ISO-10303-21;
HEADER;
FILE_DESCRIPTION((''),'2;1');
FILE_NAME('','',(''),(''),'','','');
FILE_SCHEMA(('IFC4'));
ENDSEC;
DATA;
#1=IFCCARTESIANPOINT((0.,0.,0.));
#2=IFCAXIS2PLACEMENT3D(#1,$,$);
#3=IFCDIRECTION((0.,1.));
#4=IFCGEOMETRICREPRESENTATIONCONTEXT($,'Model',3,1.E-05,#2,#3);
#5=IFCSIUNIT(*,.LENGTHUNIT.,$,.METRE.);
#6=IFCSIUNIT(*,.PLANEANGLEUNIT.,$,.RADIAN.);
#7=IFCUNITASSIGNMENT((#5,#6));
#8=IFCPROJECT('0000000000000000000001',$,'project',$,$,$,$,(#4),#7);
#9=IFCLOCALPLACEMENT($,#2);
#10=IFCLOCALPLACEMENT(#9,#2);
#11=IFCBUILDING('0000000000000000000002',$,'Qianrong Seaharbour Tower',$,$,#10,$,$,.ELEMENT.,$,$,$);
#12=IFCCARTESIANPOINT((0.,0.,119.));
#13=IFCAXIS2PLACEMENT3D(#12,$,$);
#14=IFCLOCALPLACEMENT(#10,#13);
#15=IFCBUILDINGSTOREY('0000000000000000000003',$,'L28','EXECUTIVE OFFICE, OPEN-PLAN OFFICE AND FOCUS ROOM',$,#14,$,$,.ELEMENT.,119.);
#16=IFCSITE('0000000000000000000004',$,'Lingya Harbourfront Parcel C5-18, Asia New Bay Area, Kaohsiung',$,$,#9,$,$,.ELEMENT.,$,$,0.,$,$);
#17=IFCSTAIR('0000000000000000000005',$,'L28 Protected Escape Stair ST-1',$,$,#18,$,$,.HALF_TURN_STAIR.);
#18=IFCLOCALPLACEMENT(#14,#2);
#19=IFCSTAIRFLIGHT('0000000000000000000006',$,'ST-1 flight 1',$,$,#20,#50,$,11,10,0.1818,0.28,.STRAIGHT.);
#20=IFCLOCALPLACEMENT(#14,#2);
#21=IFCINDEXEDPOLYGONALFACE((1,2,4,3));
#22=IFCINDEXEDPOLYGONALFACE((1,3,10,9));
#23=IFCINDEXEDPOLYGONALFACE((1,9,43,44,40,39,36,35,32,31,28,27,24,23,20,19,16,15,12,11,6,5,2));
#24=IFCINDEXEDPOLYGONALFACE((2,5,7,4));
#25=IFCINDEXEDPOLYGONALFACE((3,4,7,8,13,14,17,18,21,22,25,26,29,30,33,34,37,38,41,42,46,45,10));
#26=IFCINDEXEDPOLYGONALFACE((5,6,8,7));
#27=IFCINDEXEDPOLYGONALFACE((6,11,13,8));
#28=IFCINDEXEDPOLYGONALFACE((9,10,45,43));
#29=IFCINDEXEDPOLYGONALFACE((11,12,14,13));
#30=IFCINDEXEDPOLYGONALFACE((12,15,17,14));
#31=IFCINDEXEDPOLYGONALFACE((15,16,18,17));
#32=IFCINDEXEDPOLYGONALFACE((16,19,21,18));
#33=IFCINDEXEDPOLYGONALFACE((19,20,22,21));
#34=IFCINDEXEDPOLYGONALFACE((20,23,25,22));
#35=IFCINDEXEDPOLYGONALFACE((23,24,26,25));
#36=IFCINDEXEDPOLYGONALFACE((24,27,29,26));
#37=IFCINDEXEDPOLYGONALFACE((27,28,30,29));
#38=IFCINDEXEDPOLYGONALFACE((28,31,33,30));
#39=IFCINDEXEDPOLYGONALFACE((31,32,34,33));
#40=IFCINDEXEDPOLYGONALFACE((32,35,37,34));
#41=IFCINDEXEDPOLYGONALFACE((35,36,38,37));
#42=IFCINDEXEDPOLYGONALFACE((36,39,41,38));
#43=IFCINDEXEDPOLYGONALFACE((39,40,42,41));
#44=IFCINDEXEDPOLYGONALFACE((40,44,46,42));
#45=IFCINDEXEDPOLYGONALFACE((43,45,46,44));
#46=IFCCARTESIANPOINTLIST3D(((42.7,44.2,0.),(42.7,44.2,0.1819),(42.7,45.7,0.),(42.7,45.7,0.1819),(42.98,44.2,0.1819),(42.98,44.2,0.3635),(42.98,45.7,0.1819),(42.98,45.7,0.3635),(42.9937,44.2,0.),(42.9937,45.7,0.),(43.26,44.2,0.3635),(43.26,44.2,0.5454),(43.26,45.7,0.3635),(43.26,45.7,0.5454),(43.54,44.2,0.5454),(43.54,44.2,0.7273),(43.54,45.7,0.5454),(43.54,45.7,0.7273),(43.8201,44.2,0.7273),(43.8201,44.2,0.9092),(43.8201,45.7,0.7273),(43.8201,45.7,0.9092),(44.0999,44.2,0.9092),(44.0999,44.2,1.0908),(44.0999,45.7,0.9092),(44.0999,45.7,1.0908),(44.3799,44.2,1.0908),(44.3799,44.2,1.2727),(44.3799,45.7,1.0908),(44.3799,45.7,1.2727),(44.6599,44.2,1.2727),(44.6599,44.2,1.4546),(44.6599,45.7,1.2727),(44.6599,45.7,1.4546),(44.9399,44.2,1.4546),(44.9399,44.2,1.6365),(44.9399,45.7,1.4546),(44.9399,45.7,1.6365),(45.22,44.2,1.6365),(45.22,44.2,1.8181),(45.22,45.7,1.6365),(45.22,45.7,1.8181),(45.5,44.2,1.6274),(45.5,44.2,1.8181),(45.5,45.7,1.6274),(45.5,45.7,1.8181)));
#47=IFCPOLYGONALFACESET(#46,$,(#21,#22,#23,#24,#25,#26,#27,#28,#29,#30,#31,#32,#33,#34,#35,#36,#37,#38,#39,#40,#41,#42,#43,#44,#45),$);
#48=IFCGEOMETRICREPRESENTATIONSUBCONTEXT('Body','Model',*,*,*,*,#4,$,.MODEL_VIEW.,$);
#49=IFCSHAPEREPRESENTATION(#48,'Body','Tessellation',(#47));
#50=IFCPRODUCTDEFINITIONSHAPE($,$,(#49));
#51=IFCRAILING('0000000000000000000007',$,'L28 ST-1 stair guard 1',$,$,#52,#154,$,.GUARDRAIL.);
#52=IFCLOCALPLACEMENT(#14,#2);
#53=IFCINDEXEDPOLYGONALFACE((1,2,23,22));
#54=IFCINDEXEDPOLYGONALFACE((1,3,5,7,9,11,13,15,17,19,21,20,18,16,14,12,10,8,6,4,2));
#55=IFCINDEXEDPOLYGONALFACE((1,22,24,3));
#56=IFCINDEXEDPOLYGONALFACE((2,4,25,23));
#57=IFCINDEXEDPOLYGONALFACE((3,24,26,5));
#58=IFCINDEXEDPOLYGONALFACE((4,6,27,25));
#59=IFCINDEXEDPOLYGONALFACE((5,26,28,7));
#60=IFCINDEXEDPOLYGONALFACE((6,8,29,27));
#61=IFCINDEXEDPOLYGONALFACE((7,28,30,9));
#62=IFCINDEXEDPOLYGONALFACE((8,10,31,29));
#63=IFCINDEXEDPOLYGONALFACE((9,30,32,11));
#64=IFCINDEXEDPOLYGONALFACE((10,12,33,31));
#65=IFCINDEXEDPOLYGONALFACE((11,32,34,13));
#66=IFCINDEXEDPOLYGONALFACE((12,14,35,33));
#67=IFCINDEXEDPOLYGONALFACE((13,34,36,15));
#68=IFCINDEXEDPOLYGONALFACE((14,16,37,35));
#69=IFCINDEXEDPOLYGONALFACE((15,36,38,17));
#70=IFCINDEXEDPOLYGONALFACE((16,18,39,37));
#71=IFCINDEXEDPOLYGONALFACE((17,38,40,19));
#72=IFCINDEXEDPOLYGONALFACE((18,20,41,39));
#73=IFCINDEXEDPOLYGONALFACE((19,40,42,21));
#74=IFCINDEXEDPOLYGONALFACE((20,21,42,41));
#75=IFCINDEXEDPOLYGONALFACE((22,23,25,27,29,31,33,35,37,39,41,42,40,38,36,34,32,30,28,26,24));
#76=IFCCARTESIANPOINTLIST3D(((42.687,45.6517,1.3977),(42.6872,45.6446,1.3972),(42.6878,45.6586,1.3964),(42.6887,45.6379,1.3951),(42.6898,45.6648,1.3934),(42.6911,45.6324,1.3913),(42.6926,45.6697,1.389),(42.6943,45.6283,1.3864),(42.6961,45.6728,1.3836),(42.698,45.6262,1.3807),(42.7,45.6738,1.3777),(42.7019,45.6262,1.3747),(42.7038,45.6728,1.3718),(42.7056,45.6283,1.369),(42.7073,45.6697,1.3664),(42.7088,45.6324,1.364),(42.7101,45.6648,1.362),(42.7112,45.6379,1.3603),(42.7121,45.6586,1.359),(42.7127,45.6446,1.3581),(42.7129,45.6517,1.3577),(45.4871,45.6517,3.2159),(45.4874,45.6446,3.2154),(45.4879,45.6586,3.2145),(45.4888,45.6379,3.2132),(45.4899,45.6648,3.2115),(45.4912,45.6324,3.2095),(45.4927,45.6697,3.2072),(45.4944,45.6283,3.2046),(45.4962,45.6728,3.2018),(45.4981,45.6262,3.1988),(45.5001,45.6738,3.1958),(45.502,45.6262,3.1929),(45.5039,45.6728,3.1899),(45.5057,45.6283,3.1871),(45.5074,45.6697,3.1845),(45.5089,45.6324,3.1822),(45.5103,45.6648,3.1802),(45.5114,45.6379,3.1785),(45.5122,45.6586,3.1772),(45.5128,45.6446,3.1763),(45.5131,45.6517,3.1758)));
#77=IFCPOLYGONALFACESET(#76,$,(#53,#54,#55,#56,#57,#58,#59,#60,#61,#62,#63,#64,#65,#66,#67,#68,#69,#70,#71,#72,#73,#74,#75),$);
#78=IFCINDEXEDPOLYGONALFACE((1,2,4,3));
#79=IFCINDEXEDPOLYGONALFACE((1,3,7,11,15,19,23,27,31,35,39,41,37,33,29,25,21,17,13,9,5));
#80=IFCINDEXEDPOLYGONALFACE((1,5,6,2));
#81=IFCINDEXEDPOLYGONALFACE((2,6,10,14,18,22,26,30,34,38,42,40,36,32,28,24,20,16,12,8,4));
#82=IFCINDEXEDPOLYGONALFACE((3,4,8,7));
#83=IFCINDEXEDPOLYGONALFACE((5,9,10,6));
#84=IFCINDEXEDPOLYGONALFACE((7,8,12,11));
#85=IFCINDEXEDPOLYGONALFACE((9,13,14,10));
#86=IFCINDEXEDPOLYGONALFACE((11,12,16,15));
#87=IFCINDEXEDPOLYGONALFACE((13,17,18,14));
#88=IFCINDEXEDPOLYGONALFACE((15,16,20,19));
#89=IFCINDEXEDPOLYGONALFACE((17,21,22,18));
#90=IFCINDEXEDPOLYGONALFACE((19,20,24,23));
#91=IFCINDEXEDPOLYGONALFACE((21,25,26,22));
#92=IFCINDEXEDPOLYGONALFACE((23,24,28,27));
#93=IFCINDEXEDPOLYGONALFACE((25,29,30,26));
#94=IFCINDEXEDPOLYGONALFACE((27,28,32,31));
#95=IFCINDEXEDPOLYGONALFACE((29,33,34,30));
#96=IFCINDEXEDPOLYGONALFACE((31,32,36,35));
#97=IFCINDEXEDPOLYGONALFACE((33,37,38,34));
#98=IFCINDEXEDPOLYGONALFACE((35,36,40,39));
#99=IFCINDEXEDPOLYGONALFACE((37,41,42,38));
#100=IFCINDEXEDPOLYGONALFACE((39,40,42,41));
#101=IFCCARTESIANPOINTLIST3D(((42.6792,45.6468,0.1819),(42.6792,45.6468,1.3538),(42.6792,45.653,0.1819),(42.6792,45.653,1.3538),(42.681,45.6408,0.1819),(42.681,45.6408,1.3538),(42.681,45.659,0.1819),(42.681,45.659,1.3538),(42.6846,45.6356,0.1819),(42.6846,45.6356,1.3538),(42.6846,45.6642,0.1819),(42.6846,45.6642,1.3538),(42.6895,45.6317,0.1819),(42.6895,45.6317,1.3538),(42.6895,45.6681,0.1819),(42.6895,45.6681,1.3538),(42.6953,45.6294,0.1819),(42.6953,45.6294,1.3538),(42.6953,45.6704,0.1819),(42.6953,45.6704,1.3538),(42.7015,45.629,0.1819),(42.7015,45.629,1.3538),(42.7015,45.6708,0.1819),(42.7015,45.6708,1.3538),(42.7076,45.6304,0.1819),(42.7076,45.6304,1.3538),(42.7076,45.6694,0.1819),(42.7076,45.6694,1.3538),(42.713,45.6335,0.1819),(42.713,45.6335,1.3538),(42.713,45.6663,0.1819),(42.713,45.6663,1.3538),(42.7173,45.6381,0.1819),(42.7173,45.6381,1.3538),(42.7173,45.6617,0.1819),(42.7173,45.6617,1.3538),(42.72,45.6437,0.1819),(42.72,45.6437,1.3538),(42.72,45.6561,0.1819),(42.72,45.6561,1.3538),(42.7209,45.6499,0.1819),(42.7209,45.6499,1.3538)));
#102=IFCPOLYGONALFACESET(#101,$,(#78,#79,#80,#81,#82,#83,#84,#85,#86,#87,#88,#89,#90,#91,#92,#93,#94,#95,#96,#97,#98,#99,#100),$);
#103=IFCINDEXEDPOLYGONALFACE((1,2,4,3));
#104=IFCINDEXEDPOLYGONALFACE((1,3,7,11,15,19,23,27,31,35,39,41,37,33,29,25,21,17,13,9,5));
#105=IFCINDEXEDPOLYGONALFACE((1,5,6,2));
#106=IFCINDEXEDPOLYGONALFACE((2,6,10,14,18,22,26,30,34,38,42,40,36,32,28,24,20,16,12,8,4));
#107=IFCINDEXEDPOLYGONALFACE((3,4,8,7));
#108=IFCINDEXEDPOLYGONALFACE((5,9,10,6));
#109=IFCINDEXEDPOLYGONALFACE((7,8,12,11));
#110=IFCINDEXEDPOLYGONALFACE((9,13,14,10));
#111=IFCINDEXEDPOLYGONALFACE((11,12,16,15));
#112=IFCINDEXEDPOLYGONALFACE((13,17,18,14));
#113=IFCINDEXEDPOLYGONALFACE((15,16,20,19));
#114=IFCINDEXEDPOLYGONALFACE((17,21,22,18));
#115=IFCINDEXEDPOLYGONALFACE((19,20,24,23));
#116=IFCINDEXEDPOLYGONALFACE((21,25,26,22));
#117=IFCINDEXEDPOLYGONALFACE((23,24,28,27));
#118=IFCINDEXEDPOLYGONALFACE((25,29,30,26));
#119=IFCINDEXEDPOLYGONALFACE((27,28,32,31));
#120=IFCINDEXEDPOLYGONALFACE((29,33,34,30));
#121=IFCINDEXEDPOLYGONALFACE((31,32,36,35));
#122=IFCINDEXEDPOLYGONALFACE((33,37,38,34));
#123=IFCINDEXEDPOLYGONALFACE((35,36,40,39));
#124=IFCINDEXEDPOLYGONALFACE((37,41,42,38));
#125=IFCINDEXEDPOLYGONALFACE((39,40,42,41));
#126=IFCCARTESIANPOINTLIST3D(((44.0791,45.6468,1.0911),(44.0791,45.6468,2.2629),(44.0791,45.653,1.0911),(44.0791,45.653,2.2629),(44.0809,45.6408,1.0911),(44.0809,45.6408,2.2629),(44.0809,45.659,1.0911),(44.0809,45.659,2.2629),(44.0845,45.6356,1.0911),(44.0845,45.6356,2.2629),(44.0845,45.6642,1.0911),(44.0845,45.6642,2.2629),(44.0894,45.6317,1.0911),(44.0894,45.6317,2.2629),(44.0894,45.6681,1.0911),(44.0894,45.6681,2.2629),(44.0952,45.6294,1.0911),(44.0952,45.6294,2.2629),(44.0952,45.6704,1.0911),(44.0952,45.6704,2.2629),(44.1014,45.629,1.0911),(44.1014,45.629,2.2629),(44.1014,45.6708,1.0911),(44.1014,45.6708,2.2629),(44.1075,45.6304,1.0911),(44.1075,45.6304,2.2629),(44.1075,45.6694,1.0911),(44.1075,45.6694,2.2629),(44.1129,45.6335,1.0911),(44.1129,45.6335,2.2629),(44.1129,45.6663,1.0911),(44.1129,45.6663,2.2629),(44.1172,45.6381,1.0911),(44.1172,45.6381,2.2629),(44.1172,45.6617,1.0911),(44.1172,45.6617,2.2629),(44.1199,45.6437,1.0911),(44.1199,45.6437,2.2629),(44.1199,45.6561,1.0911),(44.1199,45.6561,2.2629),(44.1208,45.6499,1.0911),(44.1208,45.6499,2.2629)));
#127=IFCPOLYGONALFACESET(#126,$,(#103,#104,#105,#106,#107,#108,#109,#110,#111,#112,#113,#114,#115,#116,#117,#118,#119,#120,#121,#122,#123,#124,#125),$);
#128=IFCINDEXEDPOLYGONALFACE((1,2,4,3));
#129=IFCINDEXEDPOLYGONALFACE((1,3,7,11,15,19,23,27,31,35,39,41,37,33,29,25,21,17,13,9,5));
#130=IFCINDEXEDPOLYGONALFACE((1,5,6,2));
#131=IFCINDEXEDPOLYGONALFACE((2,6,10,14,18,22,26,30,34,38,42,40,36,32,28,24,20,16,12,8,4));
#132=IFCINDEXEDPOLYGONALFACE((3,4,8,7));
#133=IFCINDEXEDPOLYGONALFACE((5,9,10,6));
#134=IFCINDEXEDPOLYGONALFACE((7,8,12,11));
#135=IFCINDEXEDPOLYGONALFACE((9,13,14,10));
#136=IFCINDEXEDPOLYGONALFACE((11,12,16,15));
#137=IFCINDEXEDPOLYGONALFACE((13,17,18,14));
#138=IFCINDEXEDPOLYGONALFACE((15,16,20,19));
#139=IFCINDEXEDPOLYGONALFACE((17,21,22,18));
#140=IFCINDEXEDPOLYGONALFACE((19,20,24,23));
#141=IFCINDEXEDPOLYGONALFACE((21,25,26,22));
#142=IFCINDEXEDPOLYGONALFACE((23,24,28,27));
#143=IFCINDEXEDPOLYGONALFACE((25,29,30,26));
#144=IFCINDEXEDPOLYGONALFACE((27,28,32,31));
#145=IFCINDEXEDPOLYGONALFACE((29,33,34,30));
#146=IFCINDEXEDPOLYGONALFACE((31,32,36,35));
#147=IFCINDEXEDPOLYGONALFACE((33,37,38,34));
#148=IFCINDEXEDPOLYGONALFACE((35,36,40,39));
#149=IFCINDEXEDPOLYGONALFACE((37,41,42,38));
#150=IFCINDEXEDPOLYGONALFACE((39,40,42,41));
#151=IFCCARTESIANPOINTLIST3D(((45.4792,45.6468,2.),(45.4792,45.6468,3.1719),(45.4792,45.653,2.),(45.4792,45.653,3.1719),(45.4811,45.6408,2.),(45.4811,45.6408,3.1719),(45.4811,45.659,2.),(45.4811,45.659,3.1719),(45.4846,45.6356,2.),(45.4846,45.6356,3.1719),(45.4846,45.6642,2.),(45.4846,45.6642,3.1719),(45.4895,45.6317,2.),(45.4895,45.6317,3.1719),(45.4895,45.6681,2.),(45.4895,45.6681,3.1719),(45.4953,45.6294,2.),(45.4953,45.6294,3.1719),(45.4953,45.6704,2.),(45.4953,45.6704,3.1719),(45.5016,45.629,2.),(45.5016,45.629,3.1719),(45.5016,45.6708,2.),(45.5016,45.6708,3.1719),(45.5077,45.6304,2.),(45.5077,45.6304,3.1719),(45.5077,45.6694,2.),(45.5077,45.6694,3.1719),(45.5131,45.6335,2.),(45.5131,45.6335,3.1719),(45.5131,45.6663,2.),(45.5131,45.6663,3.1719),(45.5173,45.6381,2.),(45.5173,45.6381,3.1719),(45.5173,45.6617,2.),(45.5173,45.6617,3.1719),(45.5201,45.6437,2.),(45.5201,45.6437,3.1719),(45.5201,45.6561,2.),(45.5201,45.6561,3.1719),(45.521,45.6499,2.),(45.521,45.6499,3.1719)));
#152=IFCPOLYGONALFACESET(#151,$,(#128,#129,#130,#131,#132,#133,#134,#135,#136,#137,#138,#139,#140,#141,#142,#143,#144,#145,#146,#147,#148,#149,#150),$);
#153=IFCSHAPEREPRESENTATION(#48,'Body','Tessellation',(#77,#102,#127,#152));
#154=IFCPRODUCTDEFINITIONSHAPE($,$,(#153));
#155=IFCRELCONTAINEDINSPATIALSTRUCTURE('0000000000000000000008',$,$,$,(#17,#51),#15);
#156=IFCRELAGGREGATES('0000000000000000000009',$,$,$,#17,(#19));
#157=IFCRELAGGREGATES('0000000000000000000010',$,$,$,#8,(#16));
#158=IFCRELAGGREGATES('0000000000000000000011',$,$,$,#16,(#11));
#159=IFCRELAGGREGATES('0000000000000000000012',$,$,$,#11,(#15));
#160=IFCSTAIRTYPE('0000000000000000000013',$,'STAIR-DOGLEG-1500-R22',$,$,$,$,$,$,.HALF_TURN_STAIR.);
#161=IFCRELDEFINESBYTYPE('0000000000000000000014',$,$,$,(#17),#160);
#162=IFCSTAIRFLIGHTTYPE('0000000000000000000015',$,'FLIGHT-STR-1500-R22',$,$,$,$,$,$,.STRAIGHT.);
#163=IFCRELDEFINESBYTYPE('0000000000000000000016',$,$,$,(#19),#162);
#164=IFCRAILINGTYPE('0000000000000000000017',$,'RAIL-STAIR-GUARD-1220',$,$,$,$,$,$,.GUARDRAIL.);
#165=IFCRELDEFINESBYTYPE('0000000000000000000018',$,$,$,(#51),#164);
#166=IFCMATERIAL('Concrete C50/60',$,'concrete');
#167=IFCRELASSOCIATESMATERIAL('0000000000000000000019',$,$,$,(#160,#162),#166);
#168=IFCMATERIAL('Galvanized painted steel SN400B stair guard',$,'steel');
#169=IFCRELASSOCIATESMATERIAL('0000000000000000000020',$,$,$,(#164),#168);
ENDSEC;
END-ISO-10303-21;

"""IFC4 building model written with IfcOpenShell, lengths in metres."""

from ifc_helpers import new_model, si_unit, direction, frame, origin, origin_2d, place, context, subcontext, project, spatial, polyline, circle, outline, extrude, material, type_object, element, aggregate, save


model = new_model("IFC4")

# Units and contexts
model_context = context("Model", 3, precision=1e-05, world=origin(), true_north=direction((0.0, 1.0)))
body_context = subcontext(model_context, "Body", "Model", "MODEL_VIEW")
ifc_project = project(units=[si_unit("LENGTHUNIT", "METRE"), si_unit("PLANEANGLEUNIT", "RADIAN")], contexts=[model_context])

# Site, building, storey
site_placement = place(None, origin())
site = spatial("IfcSite", under=ifc_project, at=site_placement, Name="Lingya Harbourfront Parcel C5-18, Asia New Bay Area, Kaohsiung", CompositionType="ELEMENT", RefElevation=0.0)
building_placement = place(site_placement, origin())
building = spatial("IfcBuilding", under=site, at=building_placement, Name="Qianrong Seaharbour Tower", CompositionType="ELEMENT")
storey_placement = place(building_placement, frame((0.0, 0.0, 119.0)))
storey = spatial("IfcBuildingStorey", under=building, at=storey_placement, Name="L28", Description="EXECUTIVE OFFICE, OPEN-PLAN OFFICE AND FOCUS ROOM", CompositionType="ELEMENT", Elevation=119.0)

# Stair, stair flight
ifc_material_1 = material(Name="Concrete C50/60", Category="concrete")
stair_type = type_object("IfcStairType", Name="STAIR-DOGLEG-1500-R22", PredefinedType="HALF_TURN_STAIR", material=ifc_material_1)
stair_placement = place(storey_placement, origin())
stair = element("IfcStair", 1, at=stair_placement, inside=storey, type_object=stair_type, Name="L28 Protected Escape Stair ST-1", PredefinedType="HALF_TURN_STAIR")
stair_flight_type = type_object("IfcStairFlightType", Name="FLIGHT-STR-1500-R22", PredefinedType="STRAIGHT", material=ifc_material_1)
stair_flight_placement = place(storey_placement, frame((42.7, 44.95, 0.0), z_axis=(0.0, 0.0, 1.0), x_axis=(1.0, 0.0, 0.0)))
stair_flight = element("IfcStairFlight", 2, at=stair_flight_placement, type_object=stair_flight_type, Name="ST-1 flight 1", NumberOfRisers=11, NumberOfTreads=10, PredefinedType="STRAIGHT", RiserHeight=0.1818, TreadLength=0.28, context=body_context, shape_type="SweptSolid", body=[
    extrude(outline(polyline([(0.0, 0.0), (0.0, 0.1819), (0.28, 0.1819), (0.28, 0.3635), (0.5601, 0.3635), (0.5601, 0.5454), (0.8401, 0.5454), (0.8401, 0.7273), (1.1201, 0.7273), (1.1201, 0.9092), (1.3999, 0.9092), (1.3999, 1.0908), (1.6799, 1.0908), (1.6799, 1.2727), (1.96, 1.2727), (1.96, 1.4546), (2.24, 1.4546), (2.24, 1.6365), (2.52, 1.6365), (2.52, 1.8181), (2.8, 1.8181), (2.8, 2.0), (2.8, 1.6274), (0.2937, 0.0), (0.0, 0.0)])), frame((0.0, 0.75, 0.0), z_axis=(0.0, -1.0, 0.0), x_axis=(1.0, 0.0, 0.0)), (0.0, 0.0, 1.0), 1.5),
])
aggregate(stair, [stair_flight])

# Railing
ifc_material_2 = material(Name="Galvanized painted steel SN400B stair guard", Category="steel")
railing_type_1 = type_object("IfcRailingType", Name="RAIL-STAIR-GUARD-1220", PredefinedType="GUARDRAIL", material=ifc_material_2)
railing_1_placement = place(storey_placement, frame((42.7, 45.6499, 0.1819)))
element("IfcRailing", 3, at=railing_1_placement, inside=storey, type_object=railing_type_1, Name="L28 ST-1 stair guard 1", PredefinedType="GUARDRAIL", context=body_context, shape_type="SweptSolid", body=[
    extrude(circle(Radius=0.0239, at=origin_2d()), frame((0.0, 0.0, 1.1958), z_axis=(0.838706, 0.0, 0.544585), x_axis=(0.0, 1.0, 0.0)), (0.0, 0.0, 1.0), 3.3386),
    extrude(circle(Radius=0.021, at=origin_2d()), origin(), (0.0, 0.0, 1.0), 1.1719),
    extrude(circle(Radius=0.021, at=origin_2d()), frame((1.3999, 0.0, 0.9092)), (0.0, 0.0, 1.0), 1.1719),
    extrude(circle(Radius=0.021, at=origin_2d()), frame((2.8, 0.0, 1.8181)), (0.0, 0.0, 1.0), 1.1719),
])

save(model, "model.ifc")
